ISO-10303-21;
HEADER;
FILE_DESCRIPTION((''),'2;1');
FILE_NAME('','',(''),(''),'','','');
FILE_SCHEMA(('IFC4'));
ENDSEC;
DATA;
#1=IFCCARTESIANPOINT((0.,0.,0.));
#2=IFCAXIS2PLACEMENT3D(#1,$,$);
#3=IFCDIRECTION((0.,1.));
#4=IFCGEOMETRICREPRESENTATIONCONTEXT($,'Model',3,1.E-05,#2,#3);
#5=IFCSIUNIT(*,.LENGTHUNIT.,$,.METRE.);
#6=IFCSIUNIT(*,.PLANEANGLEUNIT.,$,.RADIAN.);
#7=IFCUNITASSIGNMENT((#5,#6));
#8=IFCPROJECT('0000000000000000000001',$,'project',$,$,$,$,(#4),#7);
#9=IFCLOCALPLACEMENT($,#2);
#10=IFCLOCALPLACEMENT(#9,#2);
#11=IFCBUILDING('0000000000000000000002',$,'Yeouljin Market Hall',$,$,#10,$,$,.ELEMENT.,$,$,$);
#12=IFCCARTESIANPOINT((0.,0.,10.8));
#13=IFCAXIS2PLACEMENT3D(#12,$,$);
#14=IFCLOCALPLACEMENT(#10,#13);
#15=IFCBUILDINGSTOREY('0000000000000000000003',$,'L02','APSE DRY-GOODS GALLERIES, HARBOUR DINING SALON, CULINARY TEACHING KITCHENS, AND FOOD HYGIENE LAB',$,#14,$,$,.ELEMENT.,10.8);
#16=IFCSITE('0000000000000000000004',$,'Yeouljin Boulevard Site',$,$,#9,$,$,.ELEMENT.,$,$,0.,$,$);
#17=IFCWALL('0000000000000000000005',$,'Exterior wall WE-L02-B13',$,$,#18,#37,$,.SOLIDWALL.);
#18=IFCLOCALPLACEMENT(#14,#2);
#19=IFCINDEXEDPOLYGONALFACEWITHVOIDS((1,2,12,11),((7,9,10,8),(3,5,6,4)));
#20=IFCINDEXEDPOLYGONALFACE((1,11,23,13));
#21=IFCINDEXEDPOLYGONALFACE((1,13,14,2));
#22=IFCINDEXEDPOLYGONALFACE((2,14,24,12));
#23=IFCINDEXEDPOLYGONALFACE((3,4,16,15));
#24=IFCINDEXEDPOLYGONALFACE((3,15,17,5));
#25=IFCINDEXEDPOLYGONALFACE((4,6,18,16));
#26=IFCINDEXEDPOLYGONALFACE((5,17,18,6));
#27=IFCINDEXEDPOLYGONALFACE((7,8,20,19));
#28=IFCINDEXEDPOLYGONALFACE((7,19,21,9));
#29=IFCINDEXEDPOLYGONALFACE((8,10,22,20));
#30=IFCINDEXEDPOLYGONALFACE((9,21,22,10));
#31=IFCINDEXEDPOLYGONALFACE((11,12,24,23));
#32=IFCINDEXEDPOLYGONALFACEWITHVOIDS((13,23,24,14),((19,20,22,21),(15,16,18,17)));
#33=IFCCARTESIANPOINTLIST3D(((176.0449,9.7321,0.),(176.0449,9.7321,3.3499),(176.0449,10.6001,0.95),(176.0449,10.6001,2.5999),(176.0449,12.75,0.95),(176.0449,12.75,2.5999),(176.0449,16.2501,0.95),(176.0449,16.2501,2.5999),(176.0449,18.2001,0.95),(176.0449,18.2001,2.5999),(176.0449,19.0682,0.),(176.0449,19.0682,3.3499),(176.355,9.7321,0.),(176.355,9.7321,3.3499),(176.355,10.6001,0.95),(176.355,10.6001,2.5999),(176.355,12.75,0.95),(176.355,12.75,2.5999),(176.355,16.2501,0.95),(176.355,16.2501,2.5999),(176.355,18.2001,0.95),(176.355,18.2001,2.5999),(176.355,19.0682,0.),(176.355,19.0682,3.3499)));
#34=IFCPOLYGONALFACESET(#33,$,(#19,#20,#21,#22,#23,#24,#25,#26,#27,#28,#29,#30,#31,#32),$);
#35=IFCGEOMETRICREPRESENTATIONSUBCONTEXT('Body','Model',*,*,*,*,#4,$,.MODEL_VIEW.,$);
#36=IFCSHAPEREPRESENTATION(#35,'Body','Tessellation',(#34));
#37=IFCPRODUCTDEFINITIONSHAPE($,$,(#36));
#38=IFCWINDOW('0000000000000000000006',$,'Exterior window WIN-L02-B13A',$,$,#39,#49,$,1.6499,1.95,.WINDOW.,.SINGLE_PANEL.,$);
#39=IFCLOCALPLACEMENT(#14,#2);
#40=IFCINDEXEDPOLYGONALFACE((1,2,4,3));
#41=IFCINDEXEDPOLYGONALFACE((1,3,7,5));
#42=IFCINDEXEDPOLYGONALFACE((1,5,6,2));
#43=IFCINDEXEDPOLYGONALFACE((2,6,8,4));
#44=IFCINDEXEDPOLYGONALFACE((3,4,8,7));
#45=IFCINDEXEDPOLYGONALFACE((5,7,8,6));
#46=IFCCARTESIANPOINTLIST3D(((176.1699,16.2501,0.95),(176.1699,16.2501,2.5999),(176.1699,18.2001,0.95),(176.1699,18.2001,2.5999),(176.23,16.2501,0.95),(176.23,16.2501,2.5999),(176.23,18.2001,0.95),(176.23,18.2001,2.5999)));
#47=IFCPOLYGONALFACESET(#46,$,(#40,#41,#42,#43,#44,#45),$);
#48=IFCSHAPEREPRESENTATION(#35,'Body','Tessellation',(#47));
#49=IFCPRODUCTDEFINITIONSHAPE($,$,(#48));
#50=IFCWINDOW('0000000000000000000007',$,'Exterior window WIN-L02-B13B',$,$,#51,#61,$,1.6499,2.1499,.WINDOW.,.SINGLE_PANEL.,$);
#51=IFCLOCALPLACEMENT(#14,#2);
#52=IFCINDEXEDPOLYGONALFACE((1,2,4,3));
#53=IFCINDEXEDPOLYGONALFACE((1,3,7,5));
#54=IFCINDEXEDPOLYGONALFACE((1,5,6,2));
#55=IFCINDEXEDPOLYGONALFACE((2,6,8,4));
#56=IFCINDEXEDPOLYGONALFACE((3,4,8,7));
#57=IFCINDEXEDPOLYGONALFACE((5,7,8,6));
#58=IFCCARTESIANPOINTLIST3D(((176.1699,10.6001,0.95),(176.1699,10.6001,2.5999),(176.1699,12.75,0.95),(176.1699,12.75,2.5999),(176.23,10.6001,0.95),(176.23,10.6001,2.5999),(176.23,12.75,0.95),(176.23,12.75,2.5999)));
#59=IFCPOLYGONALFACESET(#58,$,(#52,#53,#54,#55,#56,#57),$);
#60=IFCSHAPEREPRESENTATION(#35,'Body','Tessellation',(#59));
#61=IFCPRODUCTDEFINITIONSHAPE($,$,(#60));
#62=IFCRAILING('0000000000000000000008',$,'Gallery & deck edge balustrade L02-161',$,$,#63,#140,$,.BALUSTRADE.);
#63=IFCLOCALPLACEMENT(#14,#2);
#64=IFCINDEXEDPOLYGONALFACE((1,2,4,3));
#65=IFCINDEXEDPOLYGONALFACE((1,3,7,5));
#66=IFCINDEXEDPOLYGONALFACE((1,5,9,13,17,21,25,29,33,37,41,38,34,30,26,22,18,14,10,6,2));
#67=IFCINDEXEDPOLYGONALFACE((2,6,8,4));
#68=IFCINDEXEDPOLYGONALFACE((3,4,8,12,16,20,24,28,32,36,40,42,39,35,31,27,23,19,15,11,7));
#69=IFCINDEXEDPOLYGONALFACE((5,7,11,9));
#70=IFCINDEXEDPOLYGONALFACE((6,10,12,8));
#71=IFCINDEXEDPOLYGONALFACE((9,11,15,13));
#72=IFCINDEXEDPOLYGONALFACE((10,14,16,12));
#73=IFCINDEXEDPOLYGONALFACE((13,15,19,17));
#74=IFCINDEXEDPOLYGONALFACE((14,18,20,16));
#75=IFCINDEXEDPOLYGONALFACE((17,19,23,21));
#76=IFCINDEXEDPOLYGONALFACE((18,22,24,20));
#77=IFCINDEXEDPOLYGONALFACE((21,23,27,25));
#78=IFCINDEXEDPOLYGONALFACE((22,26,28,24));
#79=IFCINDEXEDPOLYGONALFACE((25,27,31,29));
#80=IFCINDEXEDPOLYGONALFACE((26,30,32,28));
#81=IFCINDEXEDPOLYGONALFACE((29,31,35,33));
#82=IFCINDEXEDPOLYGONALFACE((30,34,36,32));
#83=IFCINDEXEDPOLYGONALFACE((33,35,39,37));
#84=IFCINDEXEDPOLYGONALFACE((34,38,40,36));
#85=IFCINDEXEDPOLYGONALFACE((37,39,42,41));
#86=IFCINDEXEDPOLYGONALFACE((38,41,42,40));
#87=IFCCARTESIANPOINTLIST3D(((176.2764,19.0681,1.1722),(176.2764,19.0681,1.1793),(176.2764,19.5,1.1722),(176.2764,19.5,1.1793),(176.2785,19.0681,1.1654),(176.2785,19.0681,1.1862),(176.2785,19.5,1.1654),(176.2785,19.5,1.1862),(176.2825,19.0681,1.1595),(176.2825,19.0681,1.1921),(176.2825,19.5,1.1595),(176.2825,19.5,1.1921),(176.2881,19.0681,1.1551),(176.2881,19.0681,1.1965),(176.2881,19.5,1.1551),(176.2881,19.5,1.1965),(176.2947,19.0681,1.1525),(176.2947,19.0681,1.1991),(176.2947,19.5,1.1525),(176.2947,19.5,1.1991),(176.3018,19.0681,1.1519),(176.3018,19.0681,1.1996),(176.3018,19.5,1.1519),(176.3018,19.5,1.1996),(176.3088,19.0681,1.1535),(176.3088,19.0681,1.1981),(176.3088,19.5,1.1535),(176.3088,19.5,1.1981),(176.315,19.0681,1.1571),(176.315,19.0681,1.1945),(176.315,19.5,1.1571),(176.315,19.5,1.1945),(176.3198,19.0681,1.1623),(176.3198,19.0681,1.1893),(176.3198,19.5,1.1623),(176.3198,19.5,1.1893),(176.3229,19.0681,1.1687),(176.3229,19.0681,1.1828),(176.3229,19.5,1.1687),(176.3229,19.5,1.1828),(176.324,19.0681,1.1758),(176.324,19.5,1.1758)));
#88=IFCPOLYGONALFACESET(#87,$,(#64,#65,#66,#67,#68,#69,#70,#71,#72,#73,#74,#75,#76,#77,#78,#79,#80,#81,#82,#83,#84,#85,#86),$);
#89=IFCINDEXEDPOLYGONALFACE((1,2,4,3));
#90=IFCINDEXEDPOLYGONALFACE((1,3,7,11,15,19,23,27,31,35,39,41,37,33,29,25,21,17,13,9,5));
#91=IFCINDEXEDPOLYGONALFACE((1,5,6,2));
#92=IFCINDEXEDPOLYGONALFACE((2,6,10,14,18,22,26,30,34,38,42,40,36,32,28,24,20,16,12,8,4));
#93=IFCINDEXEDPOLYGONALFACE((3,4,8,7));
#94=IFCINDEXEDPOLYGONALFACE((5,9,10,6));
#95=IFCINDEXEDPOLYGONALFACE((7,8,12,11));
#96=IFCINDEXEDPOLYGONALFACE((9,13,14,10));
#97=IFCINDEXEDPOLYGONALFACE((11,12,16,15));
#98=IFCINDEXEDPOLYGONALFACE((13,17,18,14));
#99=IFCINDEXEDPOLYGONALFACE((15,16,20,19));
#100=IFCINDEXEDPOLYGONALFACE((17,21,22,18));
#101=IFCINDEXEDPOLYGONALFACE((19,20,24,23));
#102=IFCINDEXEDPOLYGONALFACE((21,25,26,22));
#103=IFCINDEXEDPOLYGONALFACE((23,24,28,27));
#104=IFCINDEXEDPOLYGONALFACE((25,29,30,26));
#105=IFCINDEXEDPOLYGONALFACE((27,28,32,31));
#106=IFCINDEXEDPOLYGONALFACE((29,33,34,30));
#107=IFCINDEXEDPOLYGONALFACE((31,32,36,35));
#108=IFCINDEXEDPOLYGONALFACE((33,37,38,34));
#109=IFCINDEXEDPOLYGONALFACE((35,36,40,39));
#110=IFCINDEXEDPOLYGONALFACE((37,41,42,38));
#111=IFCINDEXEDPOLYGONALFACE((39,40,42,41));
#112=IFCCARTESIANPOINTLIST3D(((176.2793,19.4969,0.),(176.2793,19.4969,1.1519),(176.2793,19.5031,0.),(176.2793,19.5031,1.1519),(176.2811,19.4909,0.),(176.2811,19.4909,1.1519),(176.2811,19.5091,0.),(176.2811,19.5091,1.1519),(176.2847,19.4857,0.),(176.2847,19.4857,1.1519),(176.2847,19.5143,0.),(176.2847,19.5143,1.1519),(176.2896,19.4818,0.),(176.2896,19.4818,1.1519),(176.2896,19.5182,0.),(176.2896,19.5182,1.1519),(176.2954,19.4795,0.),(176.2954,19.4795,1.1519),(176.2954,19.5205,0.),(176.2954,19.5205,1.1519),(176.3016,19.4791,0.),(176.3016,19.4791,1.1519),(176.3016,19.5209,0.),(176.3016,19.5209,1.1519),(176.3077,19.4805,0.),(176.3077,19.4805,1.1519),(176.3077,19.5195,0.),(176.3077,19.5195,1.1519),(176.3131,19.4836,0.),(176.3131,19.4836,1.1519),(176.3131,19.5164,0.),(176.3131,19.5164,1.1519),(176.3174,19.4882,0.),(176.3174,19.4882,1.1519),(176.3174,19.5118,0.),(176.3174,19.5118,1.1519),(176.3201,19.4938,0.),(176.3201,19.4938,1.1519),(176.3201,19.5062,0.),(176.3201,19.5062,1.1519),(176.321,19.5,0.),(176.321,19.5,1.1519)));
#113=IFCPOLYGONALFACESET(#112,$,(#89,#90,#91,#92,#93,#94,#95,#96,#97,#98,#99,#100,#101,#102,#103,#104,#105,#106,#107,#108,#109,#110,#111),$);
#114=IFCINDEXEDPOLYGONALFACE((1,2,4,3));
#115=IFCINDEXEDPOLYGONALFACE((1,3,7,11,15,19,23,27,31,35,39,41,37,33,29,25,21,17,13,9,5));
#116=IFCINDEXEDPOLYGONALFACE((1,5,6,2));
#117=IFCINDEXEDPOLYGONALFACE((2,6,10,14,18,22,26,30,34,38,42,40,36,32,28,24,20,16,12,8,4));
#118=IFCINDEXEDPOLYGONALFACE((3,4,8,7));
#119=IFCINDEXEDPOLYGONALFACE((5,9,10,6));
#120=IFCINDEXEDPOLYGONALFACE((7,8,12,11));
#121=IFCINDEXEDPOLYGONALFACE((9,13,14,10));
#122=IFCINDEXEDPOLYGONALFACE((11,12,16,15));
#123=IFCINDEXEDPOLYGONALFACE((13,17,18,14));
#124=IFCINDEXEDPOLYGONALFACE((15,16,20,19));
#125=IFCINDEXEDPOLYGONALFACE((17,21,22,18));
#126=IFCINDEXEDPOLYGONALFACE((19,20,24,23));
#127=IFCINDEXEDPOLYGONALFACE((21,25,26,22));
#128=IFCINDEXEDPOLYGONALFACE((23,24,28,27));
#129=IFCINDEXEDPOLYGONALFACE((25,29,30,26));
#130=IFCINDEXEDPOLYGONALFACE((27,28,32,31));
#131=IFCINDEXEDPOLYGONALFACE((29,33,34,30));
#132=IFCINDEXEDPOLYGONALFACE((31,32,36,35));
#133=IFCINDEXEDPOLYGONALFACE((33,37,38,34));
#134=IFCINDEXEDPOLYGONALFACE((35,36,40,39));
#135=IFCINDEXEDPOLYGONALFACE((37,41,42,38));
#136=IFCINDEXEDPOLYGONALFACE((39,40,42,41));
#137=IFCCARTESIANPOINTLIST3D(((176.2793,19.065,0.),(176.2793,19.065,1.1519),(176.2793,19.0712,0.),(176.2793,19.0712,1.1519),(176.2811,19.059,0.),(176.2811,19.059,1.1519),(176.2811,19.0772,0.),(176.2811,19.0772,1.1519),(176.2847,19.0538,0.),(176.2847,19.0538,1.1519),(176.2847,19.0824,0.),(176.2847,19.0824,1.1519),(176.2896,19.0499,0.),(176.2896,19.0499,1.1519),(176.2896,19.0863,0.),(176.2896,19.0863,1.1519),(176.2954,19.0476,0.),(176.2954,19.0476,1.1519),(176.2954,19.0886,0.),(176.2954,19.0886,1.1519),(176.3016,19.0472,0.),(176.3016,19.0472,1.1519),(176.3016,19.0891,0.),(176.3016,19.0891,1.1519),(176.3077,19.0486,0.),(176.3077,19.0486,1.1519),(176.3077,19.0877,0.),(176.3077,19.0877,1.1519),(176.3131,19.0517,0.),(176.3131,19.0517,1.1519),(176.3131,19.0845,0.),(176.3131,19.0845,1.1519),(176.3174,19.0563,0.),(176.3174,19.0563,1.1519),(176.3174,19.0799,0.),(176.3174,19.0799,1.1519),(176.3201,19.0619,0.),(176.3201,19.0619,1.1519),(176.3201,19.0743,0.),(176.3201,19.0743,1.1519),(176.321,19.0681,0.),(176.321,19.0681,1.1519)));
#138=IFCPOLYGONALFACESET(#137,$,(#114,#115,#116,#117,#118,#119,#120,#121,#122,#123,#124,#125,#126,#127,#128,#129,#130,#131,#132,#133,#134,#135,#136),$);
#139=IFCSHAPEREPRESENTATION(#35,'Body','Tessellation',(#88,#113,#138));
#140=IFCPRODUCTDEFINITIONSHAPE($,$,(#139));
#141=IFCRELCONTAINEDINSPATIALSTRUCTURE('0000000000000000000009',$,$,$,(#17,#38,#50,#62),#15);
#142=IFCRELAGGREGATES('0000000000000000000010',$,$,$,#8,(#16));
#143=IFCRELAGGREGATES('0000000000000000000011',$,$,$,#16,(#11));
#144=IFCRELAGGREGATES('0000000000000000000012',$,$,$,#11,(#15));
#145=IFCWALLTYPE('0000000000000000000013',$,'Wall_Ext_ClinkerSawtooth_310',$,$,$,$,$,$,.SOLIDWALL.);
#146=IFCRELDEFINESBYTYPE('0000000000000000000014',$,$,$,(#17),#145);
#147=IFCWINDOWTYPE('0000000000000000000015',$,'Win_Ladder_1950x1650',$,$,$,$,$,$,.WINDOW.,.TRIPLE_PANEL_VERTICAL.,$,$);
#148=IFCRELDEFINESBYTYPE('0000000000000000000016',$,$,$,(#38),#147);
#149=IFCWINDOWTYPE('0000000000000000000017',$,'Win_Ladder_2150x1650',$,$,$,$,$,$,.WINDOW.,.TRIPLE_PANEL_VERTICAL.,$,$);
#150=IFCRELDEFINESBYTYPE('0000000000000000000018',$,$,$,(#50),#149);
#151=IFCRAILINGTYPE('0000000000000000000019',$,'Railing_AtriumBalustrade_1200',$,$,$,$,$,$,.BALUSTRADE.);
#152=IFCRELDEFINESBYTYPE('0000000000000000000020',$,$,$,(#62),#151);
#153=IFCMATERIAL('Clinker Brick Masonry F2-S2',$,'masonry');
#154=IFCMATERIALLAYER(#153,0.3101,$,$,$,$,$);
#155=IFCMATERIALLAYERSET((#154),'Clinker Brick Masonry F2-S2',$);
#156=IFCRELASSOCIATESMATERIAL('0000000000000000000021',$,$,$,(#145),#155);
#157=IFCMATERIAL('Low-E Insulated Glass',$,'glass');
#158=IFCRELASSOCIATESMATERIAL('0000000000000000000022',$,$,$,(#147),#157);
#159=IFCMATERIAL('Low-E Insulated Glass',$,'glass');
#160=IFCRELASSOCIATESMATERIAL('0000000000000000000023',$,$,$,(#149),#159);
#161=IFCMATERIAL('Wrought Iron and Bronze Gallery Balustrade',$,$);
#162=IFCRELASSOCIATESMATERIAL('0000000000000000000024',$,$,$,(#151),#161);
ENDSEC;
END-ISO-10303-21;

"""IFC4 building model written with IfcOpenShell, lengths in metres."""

from ifc_helpers import new_model, si_unit, direction, frame, frame_2d, origin, origin_2d, place, context, subcontext, project, spatial, rectangle, circle, extrude, material, layer, layer_set, type_object, element, fill, save


model = new_model("IFC4")

# Units and contexts
model_context = context("Model", 3, precision=1e-05, world=origin(), true_north=direction((0.0, 1.0)))
body_context = subcontext(model_context, "Body", "Model", "MODEL_VIEW")
ifc_project = project(units=[si_unit("LENGTHUNIT", "METRE"), si_unit("PLANEANGLEUNIT", "RADIAN")], contexts=[model_context])

# Site, building, storey
site_placement = place(None, origin())
site = spatial("IfcSite", under=ifc_project, at=site_placement, Name="Yeouljin Boulevard Site", CompositionType="ELEMENT", RefElevation=0.0)
building_placement = place(site_placement, origin())
building = spatial("IfcBuilding", under=site, at=building_placement, Name="Yeouljin Market Hall", CompositionType="ELEMENT")
storey_placement = place(building_placement, frame((0.0, 0.0, 10.8)))
storey = spatial("IfcBuildingStorey", under=building, at=storey_placement, Name="L02", Description="APSE DRY-GOODS GALLERIES, HARBOUR DINING SALON, CULINARY TEACHING KITCHENS, AND FOOD HYGIENE LAB", CompositionType="ELEMENT", Elevation=10.8)

# Wall, openings, windows
ifc_material_1 = material(Name="Clinker Brick Masonry F2-S2", Category="masonry")
ifc_layer_1 = layer(ifc_material_1, 0.3101)
ifc_layer_set_1 = layer_set([ifc_layer_1], Name="Clinker Brick Masonry F2-S2")
wall_type = type_object("IfcWallType", Name="Wall_Ext_ClinkerSawtooth_310", PredefinedType="SOLIDWALL", material=ifc_layer_set_1)
wall_placement = place(storey_placement, frame((176.2, 19.0681, 0.0), z_axis=(0.0, 0.0, 1.0), x_axis=(0.0, -1.0, 0.0)))
wall = element("IfcWall", 1, at=wall_placement, inside=storey, type_object=wall_type, Name="Exterior wall WE-L02-B13", PredefinedType="SOLIDWALL", context=body_context, shape_type="SweptSolid", body=[
    extrude(rectangle(XDim=9.3362, YDim=0.3101, at=frame_2d((4.668, 0.0))), origin(), (0.0, 0.0, 1.0), 3.3499),
])
opening_1_placement = place(wall_placement, frame((0.8679, 0.0, 0.95)))
opening_1 = element("IfcOpeningElement", 2, at=opening_1_placement, cuts=wall, PredefinedType="OPENING", context=body_context, shape_type="SweptSolid", body=[
    extrude(rectangle(XDim=1.95, YDim=1.6499, at=frame_2d((0.9751, 0.825))), frame((0.0, 0.165, 0.0), z_axis=(0.0, -1.0, 0.0), x_axis=(1.0, 0.0, 0.0)), (0.0, 0.0, 1.0), 0.3301),
])
opening_2_placement = place(wall_placement, frame((6.3181, 0.0, 0.95)))
opening_2 = element("IfcOpeningElement", 3, at=opening_2_placement, cuts=wall, PredefinedType="OPENING", context=body_context, shape_type="SweptSolid", body=[
    extrude(rectangle(XDim=2.1499, YDim=1.6499, at=frame_2d((1.075, 0.825))), frame((0.0, 0.165, 0.0), z_axis=(0.0, -1.0, 0.0), x_axis=(1.0, 0.0, 0.0)), (0.0, 0.0, 1.0), 0.3301),
])
ifc_material_2 = material(Name="Low-E Insulated Glass", Category="glass")
window_type_1 = type_object("IfcWindowType", Name="Win_Ladder_1950x1650", PartitioningType="TRIPLE_PANEL_VERTICAL", PredefinedType="WINDOW", material=ifc_material_2)
window_1_placement = place(opening_1_placement, origin())
window_1 = element("IfcWindow", 4, at=window_1_placement, inside=storey, type_object=window_type_1, Name="Exterior window WIN-L02-B13A", OverallHeight=1.6499, OverallWidth=1.95, PartitioningType="SINGLE_PANEL", PredefinedType="WINDOW", context=body_context, shape_type="SweptSolid", body=[
    extrude(rectangle(XDim=1.95, YDim=1.6499, at=frame_2d((0.9751, 0.825))), frame((0.0, 0.03, 0.0), z_axis=(0.0, -1.0, 0.0), x_axis=(1.0, 0.0, 0.0)), (0.0, 0.0, 1.0), 0.0601),
])
fill(opening_1, window_1)
ifc_material_3 = material(Name="Low-E Insulated Glass", Category="glass")
window_type_2 = type_object("IfcWindowType", Name="Win_Ladder_2150x1650", PartitioningType="TRIPLE_PANEL_VERTICAL", PredefinedType="WINDOW", material=ifc_material_3)
window_2_placement = place(opening_2_placement, origin())
window_2 = element("IfcWindow", 5, at=window_2_placement, inside=storey, type_object=window_type_2, Name="Exterior window WIN-L02-B13B", OverallHeight=1.6499, OverallWidth=2.1499, PartitioningType="SINGLE_PANEL", PredefinedType="WINDOW", context=body_context, shape_type="SweptSolid", body=[
    extrude(rectangle(XDim=2.1499, YDim=1.6499, at=frame_2d((1.075, 0.825))), frame((0.0, 0.03, 0.0), z_axis=(0.0, -1.0, 0.0), x_axis=(1.0, 0.0, 0.0)), (0.0, 0.0, 1.0), 0.0601),
])
fill(opening_2, window_2)

# Railing
ifc_material_4 = material(Name="Wrought Iron and Bronze Gallery Balustrade")
railing_type = type_object("IfcRailingType", Name="Railing_AtriumBalustrade_1200", PredefinedType="BALUSTRADE", material=ifc_material_4)
railing_placement = place(storey_placement, frame((176.3, 19.5, 0.0)))
element("IfcRailing", 6, at=railing_placement, inside=storey, type_object=railing_type, Name="Gallery & deck edge balustrade L02-161", PredefinedType="BALUSTRADE", context=body_context, shape_type="SweptSolid", body=[
    extrude(circle(Radius=0.0239, at=origin_2d()), frame((0.0, 0.0, 1.1758), z_axis=(0.0, -1.0, 0.0), x_axis=(1.0, 0.0, 0.0)), (0.0, 0.0, 1.0), 0.4319),
    extrude(circle(Radius=0.021, at=origin_2d()), origin(), (0.0, 0.0, 1.0), 1.1519),
    extrude(circle(Radius=0.021, at=origin_2d()), frame((0.0, -0.4319, 0.0)), (0.0, 0.0, 1.0), 1.1519),
])

save(model, "model.ifc")
